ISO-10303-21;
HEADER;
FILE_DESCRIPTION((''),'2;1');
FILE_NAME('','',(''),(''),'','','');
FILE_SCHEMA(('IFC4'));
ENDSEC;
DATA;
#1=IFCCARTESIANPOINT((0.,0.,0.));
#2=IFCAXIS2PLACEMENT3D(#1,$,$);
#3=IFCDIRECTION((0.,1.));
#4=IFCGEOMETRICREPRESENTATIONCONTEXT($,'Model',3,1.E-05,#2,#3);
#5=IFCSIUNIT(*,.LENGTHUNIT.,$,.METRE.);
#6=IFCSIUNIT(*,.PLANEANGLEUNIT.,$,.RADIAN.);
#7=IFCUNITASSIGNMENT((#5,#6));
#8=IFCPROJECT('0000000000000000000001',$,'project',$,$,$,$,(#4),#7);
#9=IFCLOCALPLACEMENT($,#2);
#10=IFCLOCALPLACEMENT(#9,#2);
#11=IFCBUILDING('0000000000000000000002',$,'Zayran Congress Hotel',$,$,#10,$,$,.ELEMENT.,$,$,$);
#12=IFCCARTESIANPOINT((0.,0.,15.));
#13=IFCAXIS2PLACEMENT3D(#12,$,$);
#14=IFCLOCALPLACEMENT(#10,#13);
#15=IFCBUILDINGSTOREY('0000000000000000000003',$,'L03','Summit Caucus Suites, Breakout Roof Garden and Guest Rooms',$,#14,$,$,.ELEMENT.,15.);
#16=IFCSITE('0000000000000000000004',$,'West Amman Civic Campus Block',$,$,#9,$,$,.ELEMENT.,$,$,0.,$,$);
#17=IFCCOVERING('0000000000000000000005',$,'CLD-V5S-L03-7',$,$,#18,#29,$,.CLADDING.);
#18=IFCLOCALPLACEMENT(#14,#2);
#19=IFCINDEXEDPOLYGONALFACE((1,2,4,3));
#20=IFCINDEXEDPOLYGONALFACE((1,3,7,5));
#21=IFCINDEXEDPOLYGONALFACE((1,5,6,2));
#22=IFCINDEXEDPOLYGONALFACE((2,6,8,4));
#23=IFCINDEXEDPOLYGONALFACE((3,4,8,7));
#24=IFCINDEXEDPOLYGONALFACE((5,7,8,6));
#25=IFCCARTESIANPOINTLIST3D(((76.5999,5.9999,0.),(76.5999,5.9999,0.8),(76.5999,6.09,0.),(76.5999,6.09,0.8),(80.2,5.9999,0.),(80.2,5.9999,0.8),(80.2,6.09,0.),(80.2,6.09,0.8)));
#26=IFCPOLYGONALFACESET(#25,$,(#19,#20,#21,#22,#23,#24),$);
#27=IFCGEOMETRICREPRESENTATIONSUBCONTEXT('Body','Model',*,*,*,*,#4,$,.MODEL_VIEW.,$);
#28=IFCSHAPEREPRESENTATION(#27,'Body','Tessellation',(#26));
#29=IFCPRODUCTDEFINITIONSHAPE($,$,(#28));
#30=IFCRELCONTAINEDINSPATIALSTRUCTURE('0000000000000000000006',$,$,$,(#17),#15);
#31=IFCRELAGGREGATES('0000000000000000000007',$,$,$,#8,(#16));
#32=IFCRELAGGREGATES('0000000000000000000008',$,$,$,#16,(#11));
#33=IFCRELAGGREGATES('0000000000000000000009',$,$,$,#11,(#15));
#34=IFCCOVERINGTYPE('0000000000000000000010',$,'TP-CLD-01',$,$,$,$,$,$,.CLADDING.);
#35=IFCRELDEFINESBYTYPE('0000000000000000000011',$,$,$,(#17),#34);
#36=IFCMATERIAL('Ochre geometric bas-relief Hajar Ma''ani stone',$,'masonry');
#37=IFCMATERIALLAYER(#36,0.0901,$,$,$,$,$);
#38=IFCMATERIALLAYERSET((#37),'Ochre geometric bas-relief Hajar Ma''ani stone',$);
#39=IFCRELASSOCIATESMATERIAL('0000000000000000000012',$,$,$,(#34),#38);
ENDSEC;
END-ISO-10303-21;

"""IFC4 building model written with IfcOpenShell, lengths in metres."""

from ifc_helpers import new_model, si_unit, direction, frame, origin, origin_2d, place, context, subcontext, project, spatial, rectangle, extrude, material, layer, layer_set, type_object, element, save


model = new_model("IFC4")

# Units and contexts
model_context = context("Model", 3, precision=1e-05, world=origin(), true_north=direction((0.0, 1.0)))
body_context = subcontext(model_context, "Body", "Model", "MODEL_VIEW")
ifc_project = project(units=[si_unit("LENGTHUNIT", "METRE"), si_unit("PLANEANGLEUNIT", "RADIAN")], contexts=[model_context])

# Site, building, storey
site_placement = place(None, origin())
site = spatial("IfcSite", under=ifc_project, at=site_placement, Name="West Amman Civic Campus Block", CompositionType="ELEMENT", RefElevation=0.0)
building_placement = place(site_placement, origin())
building = spatial("IfcBuilding", under=site, at=building_placement, Name="Zayran Congress Hotel", CompositionType="ELEMENT")
storey_placement = place(building_placement, frame((0.0, 0.0, 15.0)))
storey = spatial("IfcBuildingStorey", under=building, at=storey_placement, Name="L03", Description="Summit Caucus Suites, Breakout Roof Garden and Guest Rooms", CompositionType="ELEMENT", Elevation=15.0)

# Covering
ifc_material_1 = material(Name="Ochre geometric bas-relief Hajar Ma'ani stone", Category="masonry")
ifc_layer_1 = layer(ifc_material_1, 0.0901)
ifc_layer_set_1 = layer_set([ifc_layer_1], Name="Ochre geometric bas-relief Hajar Ma'ani stone")
covering_type = type_object("IfcCoveringType", Name="TP-CLD-01", PredefinedType="CLADDING", material=ifc_layer_set_1)
covering_placement = place(storey_placement, frame((78.3999, 6.0449, 0.0), z_axis=(0.0, 0.0, 1.0), x_axis=(1.0, 0.0, 0.0)))
element("IfcCovering", 1, at=covering_placement, inside=storey, type_object=covering_type, Name="CLD-V5S-L03-7", PredefinedType="CLADDING", context=body_context, shape_type="SweptSolid", body=[
    extrude(rectangle(XDim=3.6001, YDim=0.0901, at=origin_2d()), origin(), (0.0, 0.0, 1.0), 0.8),
])

save(model, "model.ifc")
